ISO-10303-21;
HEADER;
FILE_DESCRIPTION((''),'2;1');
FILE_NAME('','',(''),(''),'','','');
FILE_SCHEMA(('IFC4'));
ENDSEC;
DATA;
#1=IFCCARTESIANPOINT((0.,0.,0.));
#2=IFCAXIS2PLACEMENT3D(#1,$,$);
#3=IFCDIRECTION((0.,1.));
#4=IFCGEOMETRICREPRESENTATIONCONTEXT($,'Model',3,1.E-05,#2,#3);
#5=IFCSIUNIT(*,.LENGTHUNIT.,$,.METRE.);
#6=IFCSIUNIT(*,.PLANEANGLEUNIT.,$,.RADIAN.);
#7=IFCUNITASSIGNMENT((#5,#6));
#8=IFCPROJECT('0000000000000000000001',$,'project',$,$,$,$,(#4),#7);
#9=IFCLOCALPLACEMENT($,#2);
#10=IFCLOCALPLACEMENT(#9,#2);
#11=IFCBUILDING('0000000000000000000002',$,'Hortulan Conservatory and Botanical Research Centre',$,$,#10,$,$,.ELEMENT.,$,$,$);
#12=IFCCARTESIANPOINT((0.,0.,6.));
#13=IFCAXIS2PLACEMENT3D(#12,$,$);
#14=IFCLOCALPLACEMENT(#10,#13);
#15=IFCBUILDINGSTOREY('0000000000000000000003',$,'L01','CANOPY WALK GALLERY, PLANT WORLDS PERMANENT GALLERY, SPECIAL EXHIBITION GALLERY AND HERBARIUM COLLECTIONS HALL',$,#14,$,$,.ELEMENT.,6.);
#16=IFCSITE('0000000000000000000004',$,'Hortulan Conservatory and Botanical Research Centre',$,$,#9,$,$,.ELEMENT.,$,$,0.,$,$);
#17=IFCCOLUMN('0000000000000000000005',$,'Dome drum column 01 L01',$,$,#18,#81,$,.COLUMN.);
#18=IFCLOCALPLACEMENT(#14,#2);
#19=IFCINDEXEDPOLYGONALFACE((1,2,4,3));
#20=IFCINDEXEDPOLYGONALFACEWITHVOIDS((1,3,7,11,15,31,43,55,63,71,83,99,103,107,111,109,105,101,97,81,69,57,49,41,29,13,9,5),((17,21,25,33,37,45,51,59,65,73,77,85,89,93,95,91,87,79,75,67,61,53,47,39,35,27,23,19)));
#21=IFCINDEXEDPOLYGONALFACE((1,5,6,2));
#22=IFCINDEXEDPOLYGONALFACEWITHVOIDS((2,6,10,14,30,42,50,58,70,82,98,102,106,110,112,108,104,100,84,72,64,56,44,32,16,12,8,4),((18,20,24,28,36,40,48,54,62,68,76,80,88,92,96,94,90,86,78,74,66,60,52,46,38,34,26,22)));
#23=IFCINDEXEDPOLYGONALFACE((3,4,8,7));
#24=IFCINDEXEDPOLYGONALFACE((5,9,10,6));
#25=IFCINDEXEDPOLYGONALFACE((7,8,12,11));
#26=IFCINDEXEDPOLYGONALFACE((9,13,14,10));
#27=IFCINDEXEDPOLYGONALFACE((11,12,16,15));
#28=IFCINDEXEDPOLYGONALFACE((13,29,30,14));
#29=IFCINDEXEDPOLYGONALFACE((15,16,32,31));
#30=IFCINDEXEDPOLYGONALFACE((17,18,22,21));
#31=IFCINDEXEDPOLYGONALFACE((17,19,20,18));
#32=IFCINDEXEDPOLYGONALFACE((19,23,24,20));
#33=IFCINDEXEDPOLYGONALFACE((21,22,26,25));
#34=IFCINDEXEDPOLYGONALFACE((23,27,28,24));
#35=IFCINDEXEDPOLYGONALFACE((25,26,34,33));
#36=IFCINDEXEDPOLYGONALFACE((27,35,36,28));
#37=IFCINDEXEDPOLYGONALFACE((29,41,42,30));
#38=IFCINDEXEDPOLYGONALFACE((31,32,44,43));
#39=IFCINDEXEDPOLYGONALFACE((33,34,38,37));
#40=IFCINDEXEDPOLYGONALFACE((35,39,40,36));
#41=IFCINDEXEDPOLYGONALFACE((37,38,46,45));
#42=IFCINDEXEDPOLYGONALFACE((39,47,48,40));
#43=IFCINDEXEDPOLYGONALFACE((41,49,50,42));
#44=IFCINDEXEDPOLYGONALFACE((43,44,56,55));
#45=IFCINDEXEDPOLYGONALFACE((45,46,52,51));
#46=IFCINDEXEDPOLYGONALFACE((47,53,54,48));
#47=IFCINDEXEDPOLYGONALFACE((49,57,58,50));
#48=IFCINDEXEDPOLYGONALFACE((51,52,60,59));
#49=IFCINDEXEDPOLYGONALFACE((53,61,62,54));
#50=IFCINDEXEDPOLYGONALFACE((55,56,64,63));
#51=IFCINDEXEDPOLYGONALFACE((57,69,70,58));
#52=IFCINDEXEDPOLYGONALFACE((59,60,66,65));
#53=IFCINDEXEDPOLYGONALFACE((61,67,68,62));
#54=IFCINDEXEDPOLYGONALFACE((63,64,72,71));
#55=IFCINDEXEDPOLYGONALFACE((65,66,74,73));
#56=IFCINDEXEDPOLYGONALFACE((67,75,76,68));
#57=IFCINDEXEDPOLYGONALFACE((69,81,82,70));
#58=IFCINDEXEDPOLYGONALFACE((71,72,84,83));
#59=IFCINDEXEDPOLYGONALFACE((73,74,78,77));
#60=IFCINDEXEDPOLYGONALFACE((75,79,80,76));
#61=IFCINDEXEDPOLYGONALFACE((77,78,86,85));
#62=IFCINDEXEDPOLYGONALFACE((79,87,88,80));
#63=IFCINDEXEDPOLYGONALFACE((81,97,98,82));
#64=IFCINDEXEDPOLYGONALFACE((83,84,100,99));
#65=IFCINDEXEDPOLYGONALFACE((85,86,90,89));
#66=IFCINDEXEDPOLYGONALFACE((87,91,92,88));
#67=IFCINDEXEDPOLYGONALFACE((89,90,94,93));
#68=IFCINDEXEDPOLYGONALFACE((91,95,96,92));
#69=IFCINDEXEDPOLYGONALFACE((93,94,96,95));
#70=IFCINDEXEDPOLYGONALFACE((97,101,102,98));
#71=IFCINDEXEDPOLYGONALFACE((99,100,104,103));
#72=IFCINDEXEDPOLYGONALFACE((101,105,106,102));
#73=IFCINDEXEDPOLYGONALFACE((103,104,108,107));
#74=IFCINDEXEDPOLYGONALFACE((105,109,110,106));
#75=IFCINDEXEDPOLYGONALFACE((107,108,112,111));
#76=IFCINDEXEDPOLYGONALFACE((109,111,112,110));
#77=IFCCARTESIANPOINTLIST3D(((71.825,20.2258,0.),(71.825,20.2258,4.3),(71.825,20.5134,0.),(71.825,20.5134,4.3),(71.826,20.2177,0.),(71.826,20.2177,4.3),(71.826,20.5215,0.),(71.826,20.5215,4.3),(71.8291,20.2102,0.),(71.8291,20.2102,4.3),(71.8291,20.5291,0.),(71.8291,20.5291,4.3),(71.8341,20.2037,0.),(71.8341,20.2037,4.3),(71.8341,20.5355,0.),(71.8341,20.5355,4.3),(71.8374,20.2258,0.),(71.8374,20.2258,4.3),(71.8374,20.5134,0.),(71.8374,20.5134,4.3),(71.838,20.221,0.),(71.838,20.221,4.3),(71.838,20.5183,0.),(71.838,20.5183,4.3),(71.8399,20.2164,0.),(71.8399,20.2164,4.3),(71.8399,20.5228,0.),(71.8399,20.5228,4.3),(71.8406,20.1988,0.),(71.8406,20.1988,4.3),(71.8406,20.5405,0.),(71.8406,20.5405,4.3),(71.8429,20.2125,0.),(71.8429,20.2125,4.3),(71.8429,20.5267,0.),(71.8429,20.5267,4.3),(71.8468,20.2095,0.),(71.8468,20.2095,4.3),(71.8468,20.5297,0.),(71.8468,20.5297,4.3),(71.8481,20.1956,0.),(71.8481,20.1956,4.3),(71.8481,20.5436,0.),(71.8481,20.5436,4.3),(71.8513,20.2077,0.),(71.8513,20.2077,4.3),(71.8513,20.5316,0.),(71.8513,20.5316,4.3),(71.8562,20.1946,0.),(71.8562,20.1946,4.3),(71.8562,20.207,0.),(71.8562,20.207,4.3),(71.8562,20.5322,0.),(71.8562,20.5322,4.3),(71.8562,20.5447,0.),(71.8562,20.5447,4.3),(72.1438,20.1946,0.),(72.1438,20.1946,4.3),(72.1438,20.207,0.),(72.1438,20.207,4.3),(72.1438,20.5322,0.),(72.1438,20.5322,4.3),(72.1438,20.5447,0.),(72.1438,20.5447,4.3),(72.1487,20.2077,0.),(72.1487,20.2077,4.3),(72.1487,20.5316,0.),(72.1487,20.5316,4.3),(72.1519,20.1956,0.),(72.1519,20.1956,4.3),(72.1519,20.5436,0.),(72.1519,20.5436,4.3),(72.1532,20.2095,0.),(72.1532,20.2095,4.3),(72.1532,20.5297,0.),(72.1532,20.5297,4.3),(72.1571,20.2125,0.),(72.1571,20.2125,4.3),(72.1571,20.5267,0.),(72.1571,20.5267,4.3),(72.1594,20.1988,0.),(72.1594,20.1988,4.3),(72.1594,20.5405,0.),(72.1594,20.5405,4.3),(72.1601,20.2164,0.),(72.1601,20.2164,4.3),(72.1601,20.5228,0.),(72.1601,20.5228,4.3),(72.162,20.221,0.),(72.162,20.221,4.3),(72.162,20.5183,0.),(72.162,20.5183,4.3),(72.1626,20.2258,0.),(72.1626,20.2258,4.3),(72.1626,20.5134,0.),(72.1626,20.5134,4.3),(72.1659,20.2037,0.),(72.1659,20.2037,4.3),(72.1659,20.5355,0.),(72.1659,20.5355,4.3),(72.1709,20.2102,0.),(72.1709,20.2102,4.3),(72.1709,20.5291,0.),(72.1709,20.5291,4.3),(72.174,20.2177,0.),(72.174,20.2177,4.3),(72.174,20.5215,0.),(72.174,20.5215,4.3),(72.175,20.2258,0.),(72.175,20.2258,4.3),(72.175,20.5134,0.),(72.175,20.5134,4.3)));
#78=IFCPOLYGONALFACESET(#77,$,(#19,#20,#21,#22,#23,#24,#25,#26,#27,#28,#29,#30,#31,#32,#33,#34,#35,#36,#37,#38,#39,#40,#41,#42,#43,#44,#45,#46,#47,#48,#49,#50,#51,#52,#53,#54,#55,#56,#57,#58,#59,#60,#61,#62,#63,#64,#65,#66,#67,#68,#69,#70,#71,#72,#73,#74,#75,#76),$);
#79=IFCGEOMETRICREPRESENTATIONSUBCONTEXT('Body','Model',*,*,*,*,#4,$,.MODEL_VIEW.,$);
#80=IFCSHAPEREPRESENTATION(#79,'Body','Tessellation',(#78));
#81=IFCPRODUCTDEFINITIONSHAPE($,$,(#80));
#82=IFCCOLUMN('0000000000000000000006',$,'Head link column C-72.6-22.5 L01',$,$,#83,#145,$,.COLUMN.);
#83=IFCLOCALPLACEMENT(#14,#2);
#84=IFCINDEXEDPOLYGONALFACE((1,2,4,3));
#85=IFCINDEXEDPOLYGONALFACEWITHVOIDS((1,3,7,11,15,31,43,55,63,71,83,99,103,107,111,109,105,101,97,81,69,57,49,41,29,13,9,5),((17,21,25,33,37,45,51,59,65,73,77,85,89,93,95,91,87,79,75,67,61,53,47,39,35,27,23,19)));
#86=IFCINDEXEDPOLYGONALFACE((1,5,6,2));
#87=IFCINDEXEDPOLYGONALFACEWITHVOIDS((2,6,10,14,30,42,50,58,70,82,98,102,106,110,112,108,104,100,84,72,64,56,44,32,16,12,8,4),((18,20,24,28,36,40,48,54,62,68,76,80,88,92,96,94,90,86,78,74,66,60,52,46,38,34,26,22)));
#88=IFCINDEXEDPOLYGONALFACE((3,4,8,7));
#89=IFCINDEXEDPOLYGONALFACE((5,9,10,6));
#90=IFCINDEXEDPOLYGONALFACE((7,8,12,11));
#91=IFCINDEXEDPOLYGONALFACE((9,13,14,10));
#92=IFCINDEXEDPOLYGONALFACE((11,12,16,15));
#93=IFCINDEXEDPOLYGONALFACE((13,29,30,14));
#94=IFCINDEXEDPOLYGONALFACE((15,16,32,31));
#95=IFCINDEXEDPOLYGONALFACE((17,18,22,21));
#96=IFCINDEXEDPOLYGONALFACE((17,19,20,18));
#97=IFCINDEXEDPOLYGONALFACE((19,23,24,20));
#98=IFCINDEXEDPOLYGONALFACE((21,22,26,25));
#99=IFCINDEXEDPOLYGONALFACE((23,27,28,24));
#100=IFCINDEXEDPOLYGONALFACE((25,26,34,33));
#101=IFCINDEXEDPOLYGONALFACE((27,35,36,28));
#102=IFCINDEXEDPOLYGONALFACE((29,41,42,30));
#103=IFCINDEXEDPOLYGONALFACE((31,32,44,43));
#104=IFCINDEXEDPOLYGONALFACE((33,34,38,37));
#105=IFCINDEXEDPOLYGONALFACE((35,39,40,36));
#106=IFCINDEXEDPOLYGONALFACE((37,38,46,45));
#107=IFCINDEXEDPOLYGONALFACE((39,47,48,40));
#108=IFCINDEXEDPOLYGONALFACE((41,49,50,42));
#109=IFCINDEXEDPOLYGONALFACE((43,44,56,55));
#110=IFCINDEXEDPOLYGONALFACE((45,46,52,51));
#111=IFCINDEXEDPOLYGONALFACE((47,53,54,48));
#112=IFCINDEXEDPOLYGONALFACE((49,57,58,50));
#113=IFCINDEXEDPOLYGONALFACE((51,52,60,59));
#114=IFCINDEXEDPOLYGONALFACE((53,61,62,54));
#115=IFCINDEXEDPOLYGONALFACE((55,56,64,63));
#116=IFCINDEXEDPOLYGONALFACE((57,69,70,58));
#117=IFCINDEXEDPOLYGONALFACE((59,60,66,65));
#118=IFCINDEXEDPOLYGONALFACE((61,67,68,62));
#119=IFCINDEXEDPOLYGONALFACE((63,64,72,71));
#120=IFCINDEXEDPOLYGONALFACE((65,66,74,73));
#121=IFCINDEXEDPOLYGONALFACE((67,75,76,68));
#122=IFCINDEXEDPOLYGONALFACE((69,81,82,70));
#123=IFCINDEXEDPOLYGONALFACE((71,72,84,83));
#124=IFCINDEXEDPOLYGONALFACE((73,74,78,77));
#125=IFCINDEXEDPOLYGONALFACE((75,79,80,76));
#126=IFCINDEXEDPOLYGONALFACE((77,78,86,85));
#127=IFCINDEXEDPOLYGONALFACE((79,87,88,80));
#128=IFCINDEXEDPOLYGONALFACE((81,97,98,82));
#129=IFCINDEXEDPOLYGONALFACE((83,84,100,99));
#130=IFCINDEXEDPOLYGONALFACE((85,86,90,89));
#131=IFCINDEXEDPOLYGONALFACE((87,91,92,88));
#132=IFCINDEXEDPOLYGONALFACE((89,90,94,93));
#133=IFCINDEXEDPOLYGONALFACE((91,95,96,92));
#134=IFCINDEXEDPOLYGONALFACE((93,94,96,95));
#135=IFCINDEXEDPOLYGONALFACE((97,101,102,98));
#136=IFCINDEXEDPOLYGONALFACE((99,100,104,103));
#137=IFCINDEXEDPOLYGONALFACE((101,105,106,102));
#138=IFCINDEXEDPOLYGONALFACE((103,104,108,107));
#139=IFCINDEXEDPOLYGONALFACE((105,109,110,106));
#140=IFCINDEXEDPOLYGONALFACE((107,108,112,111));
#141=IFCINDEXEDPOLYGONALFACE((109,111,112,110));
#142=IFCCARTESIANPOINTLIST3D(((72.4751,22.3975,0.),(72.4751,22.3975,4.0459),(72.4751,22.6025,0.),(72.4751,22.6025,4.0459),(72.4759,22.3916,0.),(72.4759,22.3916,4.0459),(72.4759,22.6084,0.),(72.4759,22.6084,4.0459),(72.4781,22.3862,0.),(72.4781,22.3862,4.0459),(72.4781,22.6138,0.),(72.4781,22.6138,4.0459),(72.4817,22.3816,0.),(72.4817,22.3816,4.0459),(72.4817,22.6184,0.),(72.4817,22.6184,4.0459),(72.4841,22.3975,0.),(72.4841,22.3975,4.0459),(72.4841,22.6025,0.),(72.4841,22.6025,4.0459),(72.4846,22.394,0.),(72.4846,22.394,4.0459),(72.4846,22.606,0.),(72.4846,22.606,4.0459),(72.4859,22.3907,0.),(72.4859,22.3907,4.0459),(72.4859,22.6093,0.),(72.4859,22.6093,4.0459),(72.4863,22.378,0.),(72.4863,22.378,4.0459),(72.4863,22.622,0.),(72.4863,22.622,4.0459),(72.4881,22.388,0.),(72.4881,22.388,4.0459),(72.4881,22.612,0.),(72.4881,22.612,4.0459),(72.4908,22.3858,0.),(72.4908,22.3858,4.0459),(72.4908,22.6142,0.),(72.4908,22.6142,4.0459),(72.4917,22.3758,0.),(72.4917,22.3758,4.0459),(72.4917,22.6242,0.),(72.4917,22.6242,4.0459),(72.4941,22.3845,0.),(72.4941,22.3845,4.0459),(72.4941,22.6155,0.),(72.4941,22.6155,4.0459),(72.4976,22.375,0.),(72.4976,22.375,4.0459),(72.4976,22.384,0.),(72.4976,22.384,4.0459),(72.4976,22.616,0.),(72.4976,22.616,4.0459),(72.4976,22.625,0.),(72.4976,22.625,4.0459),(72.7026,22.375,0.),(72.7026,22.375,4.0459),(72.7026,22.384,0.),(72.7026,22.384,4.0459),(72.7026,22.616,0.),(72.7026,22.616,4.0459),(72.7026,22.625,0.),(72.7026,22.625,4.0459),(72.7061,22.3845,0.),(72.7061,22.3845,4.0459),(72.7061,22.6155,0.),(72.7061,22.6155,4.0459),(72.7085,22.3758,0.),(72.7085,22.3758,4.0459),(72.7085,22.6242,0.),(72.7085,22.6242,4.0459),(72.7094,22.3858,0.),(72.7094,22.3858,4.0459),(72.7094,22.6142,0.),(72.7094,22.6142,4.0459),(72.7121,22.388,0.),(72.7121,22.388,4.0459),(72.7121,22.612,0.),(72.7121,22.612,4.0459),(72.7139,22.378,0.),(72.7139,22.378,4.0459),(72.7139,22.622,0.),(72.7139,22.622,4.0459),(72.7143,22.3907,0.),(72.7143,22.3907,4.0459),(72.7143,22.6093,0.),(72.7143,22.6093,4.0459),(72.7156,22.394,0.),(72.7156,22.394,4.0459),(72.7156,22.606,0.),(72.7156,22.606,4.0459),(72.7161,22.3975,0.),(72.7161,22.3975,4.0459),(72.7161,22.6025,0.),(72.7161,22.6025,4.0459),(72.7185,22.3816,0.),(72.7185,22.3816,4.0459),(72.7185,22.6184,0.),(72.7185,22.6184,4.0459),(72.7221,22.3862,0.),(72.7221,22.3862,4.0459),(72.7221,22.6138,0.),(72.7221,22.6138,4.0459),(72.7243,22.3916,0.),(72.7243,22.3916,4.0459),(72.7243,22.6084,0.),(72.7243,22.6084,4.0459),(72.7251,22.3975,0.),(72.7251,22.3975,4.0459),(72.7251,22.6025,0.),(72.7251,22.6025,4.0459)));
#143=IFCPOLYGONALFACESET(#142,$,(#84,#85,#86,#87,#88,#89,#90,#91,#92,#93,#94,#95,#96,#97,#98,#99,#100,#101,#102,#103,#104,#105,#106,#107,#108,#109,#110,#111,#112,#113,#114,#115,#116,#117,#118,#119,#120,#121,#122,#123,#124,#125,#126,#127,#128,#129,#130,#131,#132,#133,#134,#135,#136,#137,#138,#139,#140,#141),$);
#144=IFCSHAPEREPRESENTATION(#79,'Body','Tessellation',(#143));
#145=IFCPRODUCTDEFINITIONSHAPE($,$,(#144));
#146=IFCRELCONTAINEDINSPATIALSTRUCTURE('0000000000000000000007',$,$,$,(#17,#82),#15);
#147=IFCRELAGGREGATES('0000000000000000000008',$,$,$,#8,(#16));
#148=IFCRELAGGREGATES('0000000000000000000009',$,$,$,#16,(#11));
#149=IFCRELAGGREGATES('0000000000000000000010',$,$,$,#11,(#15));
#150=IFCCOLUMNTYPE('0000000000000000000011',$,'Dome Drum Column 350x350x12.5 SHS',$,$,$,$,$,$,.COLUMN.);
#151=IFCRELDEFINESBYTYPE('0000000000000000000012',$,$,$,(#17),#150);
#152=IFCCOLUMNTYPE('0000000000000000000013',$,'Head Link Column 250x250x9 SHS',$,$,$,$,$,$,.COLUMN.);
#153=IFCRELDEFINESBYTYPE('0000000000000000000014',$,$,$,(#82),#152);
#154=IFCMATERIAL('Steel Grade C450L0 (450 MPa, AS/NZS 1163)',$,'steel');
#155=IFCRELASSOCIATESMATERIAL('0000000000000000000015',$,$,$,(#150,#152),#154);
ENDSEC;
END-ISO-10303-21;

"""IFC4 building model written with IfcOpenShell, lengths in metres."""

from ifc_helpers import new_model, si_unit, direction, frame, origin, origin_2d, place, context, subcontext, project, spatial, hollow_rectangle, extrude, material, material_profile, profile_set, type_object, element, save


model = new_model("IFC4")

# Units and contexts
model_context = context("Model", 3, precision=1e-05, world=origin(), true_north=direction((0.0, 1.0)))
body_context = subcontext(model_context, "Body", "Model", "MODEL_VIEW")
ifc_project = project(units=[si_unit("LENGTHUNIT", "METRE"), si_unit("PLANEANGLEUNIT", "RADIAN")], contexts=[model_context])

# Site, building, storey
site_placement = place(None, origin())
site = spatial("IfcSite", under=ifc_project, at=site_placement, Name="Hortulan Conservatory and Botanical Research Centre", CompositionType="ELEMENT", RefElevation=0.0)
building_placement = place(site_placement, origin())
building = spatial("IfcBuilding", under=site, at=building_placement, Name="Hortulan Conservatory and Botanical Research Centre", CompositionType="ELEMENT")
storey_placement = place(building_placement, frame((0.0, 0.0, 6.0)))
storey = spatial("IfcBuildingStorey", under=building, at=storey_placement, Name="L01", Description="CANOPY WALK GALLERY, PLANT WORLDS PERMANENT GALLERY, SPECIAL EXHIBITION GALLERY AND HERBARIUM COLLECTIONS HALL", CompositionType="ELEMENT", Elevation=6.0)

# Columns
ifc_material_1 = material(Name="Steel Grade C450L0 (450 MPa, AS/NZS 1163)", Category="steel")
ifc_material_profile_1 = material_profile(ifc_material_1, hollow_rectangle(XDim=0.3501, YDim=0.3501, WallThickness=0.0125, InnerFilletRadius=0.0188, OuterFilletRadius=0.0312, at=origin_2d()), Name="350x350x12.5SHS")
ifc_profile_set_1 = profile_set([ifc_material_profile_1], Name="Steel Grade C450L0 (450 MPa, AS/NZS 1163)")
column_type_1 = type_object("IfcColumnType", Name="Dome Drum Column 350x350x12.5 SHS", PredefinedType="COLUMN", material=ifc_profile_set_1)
column_placement = place(storey_placement, frame((72.0, 20.3696, 0.0), z_axis=(0.0, 0.0, 1.0), x_axis=(1.0, 0.0, 0.0)))
element("IfcColumn", 1, at=column_placement, inside=storey, type_object=column_type_1, Name="Dome drum column 01 L01", PredefinedType="COLUMN", context=body_context, shape_type="SweptSolid", body=[
    extrude(hollow_rectangle(XDim=0.3501, YDim=0.3501, WallThickness=0.0125, InnerFilletRadius=0.0188, OuterFilletRadius=0.0312, at=origin_2d()), origin(), (0.0, 0.0, 1.0), 4.3),
])
ifc_material_profile_2 = material_profile(ifc_material_1, hollow_rectangle(XDim=0.25, YDim=0.25, WallThickness=0.009, InnerFilletRadius=0.0134, OuterFilletRadius=0.0225, at=origin_2d()), Name="250x250x9SHS")
ifc_profile_set_2 = profile_set([ifc_material_profile_2], Name="Steel Grade C450L0 (450 MPa, AS/NZS 1163)")
column_type_2 = type_object("IfcColumnType", Name="Head Link Column 250x250x9 SHS", PredefinedType="COLUMN", material=ifc_profile_set_2)
for number, where, z_axis, x_axis, name in (
    (2, (72.6001, 22.5, 0.0), (0.0, 0.0, 1.0), (1.0, 0.0, 0.0), "Head link column C-72.6-22.5 L01"),
):
    element("IfcColumn", number, at=place(storey_placement, frame(where, z_axis=z_axis, x_axis=x_axis)), inside=storey, type_object=column_type_2, Name=name, PredefinedType="COLUMN", context=body_context, shape_type="SweptSolid", body=[
        extrude(hollow_rectangle(XDim=0.25, YDim=0.25, WallThickness=0.009, InnerFilletRadius=0.0134, OuterFilletRadius=0.0225, at=origin_2d()), origin(), (0.0, 0.0, 1.0), 4.0459),
    ])

save(model, "model.ifc")
